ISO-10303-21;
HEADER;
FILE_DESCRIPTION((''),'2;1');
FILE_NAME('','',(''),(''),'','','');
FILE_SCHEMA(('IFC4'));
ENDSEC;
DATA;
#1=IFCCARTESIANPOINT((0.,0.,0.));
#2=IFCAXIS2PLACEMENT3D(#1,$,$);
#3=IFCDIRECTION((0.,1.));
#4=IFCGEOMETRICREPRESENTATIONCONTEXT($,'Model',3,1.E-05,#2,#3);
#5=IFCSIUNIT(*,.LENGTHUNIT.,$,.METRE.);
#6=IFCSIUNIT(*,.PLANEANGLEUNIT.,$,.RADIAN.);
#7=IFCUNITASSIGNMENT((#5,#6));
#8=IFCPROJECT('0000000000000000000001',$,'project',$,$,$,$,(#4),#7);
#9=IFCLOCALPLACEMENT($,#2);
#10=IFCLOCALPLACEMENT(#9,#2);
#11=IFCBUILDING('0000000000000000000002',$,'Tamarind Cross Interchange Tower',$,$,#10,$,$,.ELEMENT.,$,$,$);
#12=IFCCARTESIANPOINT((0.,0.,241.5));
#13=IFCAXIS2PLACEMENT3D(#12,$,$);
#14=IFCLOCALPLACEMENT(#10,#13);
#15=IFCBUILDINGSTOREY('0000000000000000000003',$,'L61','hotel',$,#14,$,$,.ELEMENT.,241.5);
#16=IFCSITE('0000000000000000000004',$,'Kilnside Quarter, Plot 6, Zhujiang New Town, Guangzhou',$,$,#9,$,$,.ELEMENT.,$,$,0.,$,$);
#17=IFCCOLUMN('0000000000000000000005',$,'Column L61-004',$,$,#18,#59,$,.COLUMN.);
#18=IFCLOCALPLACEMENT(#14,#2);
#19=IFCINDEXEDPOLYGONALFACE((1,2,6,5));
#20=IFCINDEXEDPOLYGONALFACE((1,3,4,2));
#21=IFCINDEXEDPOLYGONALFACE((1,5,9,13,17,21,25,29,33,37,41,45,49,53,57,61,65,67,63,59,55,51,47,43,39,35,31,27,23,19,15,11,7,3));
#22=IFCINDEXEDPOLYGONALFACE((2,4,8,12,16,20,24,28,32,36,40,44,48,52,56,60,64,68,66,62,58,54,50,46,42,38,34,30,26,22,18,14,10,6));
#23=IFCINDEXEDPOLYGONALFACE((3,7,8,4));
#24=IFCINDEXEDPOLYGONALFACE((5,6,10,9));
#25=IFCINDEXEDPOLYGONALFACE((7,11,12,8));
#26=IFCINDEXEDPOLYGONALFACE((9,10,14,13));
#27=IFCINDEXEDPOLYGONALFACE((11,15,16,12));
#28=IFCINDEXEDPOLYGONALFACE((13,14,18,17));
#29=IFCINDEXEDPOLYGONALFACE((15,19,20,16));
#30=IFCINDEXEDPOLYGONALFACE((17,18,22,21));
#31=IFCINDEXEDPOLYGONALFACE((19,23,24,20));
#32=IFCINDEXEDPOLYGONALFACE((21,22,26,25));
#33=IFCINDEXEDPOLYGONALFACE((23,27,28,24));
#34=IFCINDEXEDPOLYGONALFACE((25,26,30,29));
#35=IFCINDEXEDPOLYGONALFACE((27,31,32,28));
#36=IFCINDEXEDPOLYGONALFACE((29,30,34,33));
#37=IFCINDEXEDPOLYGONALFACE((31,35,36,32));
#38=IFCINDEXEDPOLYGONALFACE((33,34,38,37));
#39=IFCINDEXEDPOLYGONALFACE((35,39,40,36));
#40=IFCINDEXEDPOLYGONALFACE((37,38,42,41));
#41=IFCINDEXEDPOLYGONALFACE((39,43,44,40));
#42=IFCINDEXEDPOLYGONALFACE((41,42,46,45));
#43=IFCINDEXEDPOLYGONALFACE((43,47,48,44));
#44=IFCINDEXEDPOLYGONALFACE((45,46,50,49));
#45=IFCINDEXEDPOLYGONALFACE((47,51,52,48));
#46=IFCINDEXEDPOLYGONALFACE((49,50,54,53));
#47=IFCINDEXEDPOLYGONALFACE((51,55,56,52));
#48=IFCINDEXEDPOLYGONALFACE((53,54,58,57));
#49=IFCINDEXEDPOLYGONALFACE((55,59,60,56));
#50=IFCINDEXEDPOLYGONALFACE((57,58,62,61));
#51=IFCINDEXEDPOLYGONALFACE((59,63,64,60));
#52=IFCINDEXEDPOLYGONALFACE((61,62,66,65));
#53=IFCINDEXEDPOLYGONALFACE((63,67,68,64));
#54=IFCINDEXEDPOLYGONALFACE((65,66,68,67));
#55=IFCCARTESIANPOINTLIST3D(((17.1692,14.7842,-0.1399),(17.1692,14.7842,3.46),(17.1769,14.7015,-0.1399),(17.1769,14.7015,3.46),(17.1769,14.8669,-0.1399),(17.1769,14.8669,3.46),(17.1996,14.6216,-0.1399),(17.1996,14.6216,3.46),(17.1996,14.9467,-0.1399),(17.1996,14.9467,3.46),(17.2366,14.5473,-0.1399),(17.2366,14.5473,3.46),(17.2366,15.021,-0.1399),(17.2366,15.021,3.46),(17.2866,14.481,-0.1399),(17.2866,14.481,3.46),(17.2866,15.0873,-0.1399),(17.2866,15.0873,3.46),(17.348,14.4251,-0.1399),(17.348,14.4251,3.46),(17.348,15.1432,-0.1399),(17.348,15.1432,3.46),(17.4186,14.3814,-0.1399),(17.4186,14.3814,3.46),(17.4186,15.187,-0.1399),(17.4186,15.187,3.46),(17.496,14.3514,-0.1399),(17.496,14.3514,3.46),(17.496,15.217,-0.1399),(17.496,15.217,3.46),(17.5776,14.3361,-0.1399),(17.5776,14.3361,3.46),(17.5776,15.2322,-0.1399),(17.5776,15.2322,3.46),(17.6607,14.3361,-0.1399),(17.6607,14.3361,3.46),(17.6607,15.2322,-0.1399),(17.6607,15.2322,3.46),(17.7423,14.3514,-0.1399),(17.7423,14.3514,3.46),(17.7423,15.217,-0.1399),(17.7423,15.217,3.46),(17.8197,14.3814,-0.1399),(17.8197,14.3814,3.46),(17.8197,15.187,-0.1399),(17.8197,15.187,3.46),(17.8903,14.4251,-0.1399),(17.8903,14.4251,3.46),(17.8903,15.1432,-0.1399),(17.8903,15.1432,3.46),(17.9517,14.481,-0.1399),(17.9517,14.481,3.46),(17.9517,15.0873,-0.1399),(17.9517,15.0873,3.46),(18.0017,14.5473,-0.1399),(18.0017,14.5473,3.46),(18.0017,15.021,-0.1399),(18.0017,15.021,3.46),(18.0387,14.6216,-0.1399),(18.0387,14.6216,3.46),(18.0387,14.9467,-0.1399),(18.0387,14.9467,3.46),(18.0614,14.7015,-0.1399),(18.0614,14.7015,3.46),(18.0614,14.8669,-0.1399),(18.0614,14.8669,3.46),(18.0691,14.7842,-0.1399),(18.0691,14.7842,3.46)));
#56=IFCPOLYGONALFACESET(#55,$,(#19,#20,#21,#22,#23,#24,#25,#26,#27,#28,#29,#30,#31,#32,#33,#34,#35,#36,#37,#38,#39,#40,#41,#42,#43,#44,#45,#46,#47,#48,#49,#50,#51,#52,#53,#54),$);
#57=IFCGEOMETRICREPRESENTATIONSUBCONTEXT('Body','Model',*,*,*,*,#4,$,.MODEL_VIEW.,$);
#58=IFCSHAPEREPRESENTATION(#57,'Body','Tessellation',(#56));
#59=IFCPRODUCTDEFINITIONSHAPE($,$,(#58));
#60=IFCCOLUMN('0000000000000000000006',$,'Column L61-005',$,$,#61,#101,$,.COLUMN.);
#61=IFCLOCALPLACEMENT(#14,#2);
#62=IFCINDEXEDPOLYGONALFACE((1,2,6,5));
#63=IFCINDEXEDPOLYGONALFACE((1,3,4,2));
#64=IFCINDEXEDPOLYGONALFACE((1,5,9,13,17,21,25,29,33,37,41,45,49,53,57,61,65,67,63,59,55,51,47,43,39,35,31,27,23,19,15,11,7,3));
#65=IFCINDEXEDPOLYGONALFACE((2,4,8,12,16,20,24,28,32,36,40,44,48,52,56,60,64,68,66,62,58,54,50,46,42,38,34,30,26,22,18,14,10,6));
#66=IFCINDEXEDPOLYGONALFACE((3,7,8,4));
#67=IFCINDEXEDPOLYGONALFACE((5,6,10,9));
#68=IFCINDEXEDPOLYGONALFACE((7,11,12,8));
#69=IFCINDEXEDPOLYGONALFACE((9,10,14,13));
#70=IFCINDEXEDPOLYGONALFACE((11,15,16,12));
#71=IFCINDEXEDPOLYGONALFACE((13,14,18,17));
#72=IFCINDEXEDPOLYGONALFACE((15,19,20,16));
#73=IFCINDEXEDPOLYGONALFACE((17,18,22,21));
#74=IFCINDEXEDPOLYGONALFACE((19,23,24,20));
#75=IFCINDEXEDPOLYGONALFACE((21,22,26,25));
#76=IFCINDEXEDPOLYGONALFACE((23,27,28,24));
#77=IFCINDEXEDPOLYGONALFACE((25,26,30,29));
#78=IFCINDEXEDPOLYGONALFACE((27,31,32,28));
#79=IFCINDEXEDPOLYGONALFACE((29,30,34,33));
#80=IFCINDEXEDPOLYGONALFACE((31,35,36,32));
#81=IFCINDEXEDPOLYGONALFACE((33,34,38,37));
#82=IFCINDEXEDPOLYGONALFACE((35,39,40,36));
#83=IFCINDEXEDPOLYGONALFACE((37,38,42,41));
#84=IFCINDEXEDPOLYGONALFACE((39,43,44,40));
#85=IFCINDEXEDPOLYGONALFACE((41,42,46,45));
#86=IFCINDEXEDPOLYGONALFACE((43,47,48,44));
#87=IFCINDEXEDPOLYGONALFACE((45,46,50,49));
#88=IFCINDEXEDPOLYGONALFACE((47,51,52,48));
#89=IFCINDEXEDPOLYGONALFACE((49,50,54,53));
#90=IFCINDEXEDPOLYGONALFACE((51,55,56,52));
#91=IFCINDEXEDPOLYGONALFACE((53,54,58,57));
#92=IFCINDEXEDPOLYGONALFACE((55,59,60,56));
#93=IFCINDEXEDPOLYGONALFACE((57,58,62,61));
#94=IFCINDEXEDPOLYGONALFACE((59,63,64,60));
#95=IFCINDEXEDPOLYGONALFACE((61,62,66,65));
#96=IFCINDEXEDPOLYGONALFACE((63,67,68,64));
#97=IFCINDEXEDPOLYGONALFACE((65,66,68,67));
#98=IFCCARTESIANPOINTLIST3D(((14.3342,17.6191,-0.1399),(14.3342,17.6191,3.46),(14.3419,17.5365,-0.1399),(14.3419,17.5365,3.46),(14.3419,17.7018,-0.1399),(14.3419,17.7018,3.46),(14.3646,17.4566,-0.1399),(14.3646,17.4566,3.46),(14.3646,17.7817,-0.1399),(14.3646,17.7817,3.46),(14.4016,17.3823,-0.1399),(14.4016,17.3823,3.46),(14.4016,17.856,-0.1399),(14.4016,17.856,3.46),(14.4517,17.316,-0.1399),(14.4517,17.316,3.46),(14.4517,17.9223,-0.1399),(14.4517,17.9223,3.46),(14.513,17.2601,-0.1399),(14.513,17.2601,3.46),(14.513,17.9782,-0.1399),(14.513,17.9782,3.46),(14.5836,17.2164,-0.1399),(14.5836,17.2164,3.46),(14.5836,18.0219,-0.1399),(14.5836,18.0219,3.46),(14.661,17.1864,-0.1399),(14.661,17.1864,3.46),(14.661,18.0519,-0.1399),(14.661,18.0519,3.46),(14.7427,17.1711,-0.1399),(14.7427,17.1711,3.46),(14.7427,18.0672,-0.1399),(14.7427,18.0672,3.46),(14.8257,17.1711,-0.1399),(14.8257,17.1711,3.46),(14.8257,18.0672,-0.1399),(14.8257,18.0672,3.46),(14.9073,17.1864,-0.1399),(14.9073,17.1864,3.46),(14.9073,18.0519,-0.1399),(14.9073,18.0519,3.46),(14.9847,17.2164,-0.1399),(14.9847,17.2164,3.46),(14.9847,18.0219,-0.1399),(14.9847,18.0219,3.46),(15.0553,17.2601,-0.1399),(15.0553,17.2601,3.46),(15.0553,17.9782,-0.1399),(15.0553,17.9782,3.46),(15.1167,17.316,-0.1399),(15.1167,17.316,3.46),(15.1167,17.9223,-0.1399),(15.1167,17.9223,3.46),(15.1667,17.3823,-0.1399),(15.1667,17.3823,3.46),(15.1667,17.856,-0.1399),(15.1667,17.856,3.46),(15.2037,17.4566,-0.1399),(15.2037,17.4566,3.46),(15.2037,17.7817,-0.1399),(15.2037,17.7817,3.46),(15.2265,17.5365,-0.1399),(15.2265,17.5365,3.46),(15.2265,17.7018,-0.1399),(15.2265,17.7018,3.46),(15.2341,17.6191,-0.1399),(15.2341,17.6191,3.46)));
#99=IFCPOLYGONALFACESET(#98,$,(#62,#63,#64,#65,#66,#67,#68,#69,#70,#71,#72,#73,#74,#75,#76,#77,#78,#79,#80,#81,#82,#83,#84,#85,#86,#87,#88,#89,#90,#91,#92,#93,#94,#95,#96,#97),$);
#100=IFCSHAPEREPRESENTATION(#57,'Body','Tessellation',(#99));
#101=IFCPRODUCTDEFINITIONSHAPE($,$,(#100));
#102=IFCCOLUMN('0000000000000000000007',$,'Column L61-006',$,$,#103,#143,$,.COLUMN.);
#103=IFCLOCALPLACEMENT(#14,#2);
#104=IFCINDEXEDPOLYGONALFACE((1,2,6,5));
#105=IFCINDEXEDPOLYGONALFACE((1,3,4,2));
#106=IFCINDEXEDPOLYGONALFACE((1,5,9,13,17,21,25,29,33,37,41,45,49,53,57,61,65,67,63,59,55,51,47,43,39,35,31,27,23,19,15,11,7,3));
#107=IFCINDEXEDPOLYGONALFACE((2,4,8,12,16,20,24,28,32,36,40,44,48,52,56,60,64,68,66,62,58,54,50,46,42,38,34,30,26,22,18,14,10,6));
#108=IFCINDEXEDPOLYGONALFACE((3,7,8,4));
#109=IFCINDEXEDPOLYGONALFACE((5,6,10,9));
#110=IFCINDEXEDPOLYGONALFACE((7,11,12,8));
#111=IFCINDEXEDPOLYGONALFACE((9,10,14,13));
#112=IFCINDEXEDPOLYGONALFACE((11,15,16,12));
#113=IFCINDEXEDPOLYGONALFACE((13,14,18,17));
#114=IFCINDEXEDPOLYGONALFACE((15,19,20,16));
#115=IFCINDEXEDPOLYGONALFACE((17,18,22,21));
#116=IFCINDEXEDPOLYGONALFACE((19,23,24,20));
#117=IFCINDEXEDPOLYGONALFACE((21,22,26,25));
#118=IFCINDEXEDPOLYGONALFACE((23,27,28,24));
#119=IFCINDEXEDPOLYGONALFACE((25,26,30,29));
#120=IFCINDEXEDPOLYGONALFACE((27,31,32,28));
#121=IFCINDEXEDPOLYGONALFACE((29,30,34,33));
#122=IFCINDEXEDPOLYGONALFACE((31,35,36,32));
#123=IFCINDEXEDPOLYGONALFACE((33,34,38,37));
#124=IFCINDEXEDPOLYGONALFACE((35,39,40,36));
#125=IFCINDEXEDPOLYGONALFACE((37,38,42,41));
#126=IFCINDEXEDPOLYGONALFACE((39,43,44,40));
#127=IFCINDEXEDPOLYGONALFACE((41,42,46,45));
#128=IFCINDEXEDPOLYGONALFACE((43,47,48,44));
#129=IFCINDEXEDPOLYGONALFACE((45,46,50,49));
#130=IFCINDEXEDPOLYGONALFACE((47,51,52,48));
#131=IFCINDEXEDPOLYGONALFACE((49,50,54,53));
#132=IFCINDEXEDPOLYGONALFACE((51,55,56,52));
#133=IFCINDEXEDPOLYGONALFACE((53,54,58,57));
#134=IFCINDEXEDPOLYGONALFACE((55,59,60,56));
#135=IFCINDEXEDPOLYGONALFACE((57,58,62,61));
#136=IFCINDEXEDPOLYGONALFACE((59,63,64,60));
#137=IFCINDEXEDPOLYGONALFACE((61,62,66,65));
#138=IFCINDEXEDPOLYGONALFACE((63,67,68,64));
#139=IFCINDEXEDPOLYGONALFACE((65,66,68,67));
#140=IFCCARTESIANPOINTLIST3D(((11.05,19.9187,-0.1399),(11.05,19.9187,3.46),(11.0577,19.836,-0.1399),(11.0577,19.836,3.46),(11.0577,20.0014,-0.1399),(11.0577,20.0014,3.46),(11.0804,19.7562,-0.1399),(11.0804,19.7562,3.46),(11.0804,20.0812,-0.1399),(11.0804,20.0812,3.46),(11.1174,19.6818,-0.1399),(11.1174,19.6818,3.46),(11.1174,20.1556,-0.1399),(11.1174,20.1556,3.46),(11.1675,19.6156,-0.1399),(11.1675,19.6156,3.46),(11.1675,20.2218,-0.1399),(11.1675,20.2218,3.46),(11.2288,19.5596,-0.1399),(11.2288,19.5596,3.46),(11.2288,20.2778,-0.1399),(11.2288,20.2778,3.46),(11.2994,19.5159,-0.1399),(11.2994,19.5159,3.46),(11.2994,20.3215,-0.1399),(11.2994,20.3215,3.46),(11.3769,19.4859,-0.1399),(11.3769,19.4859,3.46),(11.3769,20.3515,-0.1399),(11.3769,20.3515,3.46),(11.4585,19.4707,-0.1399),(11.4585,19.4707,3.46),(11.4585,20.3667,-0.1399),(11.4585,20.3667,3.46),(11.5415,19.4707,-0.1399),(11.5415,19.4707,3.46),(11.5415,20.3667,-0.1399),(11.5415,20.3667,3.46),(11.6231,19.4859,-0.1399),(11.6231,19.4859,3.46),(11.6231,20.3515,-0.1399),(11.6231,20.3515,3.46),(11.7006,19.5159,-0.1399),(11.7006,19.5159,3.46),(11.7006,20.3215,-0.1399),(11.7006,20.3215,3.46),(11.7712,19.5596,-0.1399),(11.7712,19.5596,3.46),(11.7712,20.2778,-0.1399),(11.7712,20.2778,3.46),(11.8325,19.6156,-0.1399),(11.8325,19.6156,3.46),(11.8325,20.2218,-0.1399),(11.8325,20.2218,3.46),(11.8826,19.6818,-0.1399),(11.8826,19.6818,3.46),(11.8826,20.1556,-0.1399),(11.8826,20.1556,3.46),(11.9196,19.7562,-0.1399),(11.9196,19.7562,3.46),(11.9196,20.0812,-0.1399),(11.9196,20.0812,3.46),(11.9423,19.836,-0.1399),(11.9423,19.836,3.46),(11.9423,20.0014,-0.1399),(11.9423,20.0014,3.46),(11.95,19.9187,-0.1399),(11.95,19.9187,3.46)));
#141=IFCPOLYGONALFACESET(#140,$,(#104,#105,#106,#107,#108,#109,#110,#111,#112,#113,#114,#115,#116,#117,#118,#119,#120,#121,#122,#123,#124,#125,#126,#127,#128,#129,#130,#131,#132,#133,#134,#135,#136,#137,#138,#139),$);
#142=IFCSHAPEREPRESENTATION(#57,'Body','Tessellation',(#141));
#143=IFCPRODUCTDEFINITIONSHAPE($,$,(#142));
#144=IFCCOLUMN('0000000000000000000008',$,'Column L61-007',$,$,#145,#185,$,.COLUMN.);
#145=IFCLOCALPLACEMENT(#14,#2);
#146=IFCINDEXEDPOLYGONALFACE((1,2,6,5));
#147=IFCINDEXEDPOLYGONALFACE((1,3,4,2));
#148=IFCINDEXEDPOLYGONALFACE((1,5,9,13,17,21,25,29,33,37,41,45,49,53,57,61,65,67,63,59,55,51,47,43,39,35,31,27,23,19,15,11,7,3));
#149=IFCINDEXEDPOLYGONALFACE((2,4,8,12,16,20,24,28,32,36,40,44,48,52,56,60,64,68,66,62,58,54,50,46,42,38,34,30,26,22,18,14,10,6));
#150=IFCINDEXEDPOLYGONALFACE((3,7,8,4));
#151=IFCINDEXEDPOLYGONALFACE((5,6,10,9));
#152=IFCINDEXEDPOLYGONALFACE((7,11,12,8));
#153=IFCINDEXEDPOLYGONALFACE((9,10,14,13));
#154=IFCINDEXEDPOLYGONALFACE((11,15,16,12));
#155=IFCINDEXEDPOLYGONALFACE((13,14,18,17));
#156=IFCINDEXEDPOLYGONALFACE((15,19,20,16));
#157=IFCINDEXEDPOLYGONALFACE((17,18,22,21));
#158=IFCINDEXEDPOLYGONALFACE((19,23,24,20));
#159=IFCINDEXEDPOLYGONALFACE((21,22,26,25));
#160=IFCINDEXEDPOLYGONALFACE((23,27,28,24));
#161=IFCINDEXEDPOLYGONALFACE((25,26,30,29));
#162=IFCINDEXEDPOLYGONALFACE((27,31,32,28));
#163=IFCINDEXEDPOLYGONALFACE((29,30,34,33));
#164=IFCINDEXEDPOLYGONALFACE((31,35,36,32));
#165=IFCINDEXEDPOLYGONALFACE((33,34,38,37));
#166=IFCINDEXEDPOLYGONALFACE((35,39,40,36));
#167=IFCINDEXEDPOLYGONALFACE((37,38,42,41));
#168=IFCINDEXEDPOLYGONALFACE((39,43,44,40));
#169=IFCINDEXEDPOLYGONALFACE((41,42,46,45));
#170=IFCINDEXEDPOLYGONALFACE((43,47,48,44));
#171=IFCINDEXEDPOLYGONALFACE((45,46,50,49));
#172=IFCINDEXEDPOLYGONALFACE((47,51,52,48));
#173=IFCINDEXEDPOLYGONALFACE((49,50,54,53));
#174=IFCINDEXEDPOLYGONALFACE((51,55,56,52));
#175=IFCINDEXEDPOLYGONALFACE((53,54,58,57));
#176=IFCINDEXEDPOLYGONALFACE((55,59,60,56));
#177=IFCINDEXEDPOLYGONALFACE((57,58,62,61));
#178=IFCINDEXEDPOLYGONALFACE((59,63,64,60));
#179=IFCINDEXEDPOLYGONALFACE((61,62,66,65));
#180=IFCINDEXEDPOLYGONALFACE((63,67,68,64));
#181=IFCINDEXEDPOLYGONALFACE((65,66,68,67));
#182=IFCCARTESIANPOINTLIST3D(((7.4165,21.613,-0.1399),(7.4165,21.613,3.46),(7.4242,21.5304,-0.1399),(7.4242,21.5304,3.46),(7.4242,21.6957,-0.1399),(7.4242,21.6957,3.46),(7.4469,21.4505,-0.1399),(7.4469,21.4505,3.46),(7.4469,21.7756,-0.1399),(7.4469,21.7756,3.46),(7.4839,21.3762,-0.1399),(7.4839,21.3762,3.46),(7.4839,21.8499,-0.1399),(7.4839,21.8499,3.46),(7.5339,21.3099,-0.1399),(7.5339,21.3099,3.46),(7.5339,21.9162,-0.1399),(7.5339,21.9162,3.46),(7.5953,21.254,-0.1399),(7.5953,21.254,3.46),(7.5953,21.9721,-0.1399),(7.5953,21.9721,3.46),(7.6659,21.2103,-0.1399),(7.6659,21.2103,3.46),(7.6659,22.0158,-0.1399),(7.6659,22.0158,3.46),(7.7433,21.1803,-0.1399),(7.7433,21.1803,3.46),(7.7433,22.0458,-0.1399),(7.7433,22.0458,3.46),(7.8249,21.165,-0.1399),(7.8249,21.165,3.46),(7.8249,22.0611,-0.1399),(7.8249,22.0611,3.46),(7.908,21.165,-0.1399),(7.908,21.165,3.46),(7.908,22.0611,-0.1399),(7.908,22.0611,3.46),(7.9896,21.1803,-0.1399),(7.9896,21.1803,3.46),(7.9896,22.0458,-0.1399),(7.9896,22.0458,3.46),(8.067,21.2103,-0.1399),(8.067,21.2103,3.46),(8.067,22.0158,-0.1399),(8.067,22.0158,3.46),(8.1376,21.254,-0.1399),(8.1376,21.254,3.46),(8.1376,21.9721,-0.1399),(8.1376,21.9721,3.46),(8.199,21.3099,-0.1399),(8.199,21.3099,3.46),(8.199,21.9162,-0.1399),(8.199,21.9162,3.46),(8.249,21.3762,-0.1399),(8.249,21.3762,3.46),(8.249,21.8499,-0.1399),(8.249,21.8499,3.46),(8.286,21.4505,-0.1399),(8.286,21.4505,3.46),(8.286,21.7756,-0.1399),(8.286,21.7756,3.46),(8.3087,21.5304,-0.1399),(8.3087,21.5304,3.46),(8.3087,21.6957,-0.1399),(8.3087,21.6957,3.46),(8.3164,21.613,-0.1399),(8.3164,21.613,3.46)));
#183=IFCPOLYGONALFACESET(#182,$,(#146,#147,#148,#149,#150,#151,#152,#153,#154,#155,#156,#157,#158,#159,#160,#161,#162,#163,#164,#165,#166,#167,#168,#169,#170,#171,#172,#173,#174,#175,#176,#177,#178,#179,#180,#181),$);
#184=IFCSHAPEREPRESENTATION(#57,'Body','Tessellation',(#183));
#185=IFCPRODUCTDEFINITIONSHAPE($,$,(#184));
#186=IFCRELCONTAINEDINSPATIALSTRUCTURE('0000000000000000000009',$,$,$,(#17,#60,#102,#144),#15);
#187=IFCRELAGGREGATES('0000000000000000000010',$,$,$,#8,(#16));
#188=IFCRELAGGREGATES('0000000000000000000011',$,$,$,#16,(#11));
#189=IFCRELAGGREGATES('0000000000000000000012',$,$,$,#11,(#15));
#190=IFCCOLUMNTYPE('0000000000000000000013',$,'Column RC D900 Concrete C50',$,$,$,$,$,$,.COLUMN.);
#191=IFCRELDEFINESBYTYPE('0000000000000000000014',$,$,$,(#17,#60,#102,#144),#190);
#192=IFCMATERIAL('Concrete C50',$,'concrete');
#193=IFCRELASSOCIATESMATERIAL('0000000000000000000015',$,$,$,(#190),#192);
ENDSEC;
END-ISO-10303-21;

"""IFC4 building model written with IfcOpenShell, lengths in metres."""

from ifc_helpers import new_model, si_unit, direction, frame, origin, origin_2d, place, context, subcontext, project, spatial, circle, extrude, material, material_profile, profile_set, type_object, element, save


model = new_model("IFC4")

# Units and contexts
model_context = context("Model", 3, precision=1e-05, world=origin(), true_north=direction((0.0, 1.0)))
body_context = subcontext(model_context, "Body", "Model", "MODEL_VIEW")
ifc_project = project(units=[si_unit("LENGTHUNIT", "METRE"), si_unit("PLANEANGLEUNIT", "RADIAN")], contexts=[model_context])

# Site, building, storey
site_placement = place(None, origin())
site = spatial("IfcSite", under=ifc_project, at=site_placement, Name="Kilnside Quarter, Plot 6, Zhujiang New Town, Guangzhou", CompositionType="ELEMENT", RefElevation=0.0)
building_placement = place(site_placement, origin())
building = spatial("IfcBuilding", under=site, at=building_placement, Name="Tamarind Cross Interchange Tower", CompositionType="ELEMENT")
storey_placement = place(building_placement, frame((0.0, 0.0, 241.5)))
storey = spatial("IfcBuildingStorey", under=building, at=storey_placement, Name="L61", Description="hotel", CompositionType="ELEMENT", Elevation=241.5)

# Columns
ifc_material_1 = material(Name="Concrete C50", Category="concrete")
ifc_material_profile_1 = material_profile(ifc_material_1, circle(Radius=0.45, at=origin_2d()), Name="RC D900")
ifc_profile_set_1 = profile_set([ifc_material_profile_1], Name="Concrete C50")
column_type = type_object("IfcColumnType", Name="Column RC D900 Concrete C50", PredefinedType="COLUMN", material=ifc_profile_set_1)
for number, where, z_axis, x_axis, name in (
    (1, (17.6191, 14.7842, -0.1399), (0.0, 0.0, 1.0), (1.0, 0.0, 0.0), "Column L61-004"),
    (2, (14.7842, 17.6191, -0.1399), (0.0, 0.0, 1.0), (1.0, 0.0, 0.0), "Column L61-005"),
    (3, (11.5, 19.9187, -0.1399), (0.0, 0.0, 1.0), (1.0, 0.0, 0.0), "Column L61-006"),
    (4, (7.8665, 21.613, -0.1399), (0.0, 0.0, 1.0), (1.0, 0.0, 0.0), "Column L61-007"),
):
    element("IfcColumn", number, at=place(storey_placement, frame(where, z_axis=z_axis, x_axis=x_axis)), inside=storey, type_object=column_type, Name=name, PredefinedType="COLUMN", context=body_context, shape_type="SweptSolid", body=[
        extrude(circle(Radius=0.45, at=origin_2d()), origin(), (0.0, 0.0, 1.0), 3.5999),
    ])

save(model, "model.ifc")
